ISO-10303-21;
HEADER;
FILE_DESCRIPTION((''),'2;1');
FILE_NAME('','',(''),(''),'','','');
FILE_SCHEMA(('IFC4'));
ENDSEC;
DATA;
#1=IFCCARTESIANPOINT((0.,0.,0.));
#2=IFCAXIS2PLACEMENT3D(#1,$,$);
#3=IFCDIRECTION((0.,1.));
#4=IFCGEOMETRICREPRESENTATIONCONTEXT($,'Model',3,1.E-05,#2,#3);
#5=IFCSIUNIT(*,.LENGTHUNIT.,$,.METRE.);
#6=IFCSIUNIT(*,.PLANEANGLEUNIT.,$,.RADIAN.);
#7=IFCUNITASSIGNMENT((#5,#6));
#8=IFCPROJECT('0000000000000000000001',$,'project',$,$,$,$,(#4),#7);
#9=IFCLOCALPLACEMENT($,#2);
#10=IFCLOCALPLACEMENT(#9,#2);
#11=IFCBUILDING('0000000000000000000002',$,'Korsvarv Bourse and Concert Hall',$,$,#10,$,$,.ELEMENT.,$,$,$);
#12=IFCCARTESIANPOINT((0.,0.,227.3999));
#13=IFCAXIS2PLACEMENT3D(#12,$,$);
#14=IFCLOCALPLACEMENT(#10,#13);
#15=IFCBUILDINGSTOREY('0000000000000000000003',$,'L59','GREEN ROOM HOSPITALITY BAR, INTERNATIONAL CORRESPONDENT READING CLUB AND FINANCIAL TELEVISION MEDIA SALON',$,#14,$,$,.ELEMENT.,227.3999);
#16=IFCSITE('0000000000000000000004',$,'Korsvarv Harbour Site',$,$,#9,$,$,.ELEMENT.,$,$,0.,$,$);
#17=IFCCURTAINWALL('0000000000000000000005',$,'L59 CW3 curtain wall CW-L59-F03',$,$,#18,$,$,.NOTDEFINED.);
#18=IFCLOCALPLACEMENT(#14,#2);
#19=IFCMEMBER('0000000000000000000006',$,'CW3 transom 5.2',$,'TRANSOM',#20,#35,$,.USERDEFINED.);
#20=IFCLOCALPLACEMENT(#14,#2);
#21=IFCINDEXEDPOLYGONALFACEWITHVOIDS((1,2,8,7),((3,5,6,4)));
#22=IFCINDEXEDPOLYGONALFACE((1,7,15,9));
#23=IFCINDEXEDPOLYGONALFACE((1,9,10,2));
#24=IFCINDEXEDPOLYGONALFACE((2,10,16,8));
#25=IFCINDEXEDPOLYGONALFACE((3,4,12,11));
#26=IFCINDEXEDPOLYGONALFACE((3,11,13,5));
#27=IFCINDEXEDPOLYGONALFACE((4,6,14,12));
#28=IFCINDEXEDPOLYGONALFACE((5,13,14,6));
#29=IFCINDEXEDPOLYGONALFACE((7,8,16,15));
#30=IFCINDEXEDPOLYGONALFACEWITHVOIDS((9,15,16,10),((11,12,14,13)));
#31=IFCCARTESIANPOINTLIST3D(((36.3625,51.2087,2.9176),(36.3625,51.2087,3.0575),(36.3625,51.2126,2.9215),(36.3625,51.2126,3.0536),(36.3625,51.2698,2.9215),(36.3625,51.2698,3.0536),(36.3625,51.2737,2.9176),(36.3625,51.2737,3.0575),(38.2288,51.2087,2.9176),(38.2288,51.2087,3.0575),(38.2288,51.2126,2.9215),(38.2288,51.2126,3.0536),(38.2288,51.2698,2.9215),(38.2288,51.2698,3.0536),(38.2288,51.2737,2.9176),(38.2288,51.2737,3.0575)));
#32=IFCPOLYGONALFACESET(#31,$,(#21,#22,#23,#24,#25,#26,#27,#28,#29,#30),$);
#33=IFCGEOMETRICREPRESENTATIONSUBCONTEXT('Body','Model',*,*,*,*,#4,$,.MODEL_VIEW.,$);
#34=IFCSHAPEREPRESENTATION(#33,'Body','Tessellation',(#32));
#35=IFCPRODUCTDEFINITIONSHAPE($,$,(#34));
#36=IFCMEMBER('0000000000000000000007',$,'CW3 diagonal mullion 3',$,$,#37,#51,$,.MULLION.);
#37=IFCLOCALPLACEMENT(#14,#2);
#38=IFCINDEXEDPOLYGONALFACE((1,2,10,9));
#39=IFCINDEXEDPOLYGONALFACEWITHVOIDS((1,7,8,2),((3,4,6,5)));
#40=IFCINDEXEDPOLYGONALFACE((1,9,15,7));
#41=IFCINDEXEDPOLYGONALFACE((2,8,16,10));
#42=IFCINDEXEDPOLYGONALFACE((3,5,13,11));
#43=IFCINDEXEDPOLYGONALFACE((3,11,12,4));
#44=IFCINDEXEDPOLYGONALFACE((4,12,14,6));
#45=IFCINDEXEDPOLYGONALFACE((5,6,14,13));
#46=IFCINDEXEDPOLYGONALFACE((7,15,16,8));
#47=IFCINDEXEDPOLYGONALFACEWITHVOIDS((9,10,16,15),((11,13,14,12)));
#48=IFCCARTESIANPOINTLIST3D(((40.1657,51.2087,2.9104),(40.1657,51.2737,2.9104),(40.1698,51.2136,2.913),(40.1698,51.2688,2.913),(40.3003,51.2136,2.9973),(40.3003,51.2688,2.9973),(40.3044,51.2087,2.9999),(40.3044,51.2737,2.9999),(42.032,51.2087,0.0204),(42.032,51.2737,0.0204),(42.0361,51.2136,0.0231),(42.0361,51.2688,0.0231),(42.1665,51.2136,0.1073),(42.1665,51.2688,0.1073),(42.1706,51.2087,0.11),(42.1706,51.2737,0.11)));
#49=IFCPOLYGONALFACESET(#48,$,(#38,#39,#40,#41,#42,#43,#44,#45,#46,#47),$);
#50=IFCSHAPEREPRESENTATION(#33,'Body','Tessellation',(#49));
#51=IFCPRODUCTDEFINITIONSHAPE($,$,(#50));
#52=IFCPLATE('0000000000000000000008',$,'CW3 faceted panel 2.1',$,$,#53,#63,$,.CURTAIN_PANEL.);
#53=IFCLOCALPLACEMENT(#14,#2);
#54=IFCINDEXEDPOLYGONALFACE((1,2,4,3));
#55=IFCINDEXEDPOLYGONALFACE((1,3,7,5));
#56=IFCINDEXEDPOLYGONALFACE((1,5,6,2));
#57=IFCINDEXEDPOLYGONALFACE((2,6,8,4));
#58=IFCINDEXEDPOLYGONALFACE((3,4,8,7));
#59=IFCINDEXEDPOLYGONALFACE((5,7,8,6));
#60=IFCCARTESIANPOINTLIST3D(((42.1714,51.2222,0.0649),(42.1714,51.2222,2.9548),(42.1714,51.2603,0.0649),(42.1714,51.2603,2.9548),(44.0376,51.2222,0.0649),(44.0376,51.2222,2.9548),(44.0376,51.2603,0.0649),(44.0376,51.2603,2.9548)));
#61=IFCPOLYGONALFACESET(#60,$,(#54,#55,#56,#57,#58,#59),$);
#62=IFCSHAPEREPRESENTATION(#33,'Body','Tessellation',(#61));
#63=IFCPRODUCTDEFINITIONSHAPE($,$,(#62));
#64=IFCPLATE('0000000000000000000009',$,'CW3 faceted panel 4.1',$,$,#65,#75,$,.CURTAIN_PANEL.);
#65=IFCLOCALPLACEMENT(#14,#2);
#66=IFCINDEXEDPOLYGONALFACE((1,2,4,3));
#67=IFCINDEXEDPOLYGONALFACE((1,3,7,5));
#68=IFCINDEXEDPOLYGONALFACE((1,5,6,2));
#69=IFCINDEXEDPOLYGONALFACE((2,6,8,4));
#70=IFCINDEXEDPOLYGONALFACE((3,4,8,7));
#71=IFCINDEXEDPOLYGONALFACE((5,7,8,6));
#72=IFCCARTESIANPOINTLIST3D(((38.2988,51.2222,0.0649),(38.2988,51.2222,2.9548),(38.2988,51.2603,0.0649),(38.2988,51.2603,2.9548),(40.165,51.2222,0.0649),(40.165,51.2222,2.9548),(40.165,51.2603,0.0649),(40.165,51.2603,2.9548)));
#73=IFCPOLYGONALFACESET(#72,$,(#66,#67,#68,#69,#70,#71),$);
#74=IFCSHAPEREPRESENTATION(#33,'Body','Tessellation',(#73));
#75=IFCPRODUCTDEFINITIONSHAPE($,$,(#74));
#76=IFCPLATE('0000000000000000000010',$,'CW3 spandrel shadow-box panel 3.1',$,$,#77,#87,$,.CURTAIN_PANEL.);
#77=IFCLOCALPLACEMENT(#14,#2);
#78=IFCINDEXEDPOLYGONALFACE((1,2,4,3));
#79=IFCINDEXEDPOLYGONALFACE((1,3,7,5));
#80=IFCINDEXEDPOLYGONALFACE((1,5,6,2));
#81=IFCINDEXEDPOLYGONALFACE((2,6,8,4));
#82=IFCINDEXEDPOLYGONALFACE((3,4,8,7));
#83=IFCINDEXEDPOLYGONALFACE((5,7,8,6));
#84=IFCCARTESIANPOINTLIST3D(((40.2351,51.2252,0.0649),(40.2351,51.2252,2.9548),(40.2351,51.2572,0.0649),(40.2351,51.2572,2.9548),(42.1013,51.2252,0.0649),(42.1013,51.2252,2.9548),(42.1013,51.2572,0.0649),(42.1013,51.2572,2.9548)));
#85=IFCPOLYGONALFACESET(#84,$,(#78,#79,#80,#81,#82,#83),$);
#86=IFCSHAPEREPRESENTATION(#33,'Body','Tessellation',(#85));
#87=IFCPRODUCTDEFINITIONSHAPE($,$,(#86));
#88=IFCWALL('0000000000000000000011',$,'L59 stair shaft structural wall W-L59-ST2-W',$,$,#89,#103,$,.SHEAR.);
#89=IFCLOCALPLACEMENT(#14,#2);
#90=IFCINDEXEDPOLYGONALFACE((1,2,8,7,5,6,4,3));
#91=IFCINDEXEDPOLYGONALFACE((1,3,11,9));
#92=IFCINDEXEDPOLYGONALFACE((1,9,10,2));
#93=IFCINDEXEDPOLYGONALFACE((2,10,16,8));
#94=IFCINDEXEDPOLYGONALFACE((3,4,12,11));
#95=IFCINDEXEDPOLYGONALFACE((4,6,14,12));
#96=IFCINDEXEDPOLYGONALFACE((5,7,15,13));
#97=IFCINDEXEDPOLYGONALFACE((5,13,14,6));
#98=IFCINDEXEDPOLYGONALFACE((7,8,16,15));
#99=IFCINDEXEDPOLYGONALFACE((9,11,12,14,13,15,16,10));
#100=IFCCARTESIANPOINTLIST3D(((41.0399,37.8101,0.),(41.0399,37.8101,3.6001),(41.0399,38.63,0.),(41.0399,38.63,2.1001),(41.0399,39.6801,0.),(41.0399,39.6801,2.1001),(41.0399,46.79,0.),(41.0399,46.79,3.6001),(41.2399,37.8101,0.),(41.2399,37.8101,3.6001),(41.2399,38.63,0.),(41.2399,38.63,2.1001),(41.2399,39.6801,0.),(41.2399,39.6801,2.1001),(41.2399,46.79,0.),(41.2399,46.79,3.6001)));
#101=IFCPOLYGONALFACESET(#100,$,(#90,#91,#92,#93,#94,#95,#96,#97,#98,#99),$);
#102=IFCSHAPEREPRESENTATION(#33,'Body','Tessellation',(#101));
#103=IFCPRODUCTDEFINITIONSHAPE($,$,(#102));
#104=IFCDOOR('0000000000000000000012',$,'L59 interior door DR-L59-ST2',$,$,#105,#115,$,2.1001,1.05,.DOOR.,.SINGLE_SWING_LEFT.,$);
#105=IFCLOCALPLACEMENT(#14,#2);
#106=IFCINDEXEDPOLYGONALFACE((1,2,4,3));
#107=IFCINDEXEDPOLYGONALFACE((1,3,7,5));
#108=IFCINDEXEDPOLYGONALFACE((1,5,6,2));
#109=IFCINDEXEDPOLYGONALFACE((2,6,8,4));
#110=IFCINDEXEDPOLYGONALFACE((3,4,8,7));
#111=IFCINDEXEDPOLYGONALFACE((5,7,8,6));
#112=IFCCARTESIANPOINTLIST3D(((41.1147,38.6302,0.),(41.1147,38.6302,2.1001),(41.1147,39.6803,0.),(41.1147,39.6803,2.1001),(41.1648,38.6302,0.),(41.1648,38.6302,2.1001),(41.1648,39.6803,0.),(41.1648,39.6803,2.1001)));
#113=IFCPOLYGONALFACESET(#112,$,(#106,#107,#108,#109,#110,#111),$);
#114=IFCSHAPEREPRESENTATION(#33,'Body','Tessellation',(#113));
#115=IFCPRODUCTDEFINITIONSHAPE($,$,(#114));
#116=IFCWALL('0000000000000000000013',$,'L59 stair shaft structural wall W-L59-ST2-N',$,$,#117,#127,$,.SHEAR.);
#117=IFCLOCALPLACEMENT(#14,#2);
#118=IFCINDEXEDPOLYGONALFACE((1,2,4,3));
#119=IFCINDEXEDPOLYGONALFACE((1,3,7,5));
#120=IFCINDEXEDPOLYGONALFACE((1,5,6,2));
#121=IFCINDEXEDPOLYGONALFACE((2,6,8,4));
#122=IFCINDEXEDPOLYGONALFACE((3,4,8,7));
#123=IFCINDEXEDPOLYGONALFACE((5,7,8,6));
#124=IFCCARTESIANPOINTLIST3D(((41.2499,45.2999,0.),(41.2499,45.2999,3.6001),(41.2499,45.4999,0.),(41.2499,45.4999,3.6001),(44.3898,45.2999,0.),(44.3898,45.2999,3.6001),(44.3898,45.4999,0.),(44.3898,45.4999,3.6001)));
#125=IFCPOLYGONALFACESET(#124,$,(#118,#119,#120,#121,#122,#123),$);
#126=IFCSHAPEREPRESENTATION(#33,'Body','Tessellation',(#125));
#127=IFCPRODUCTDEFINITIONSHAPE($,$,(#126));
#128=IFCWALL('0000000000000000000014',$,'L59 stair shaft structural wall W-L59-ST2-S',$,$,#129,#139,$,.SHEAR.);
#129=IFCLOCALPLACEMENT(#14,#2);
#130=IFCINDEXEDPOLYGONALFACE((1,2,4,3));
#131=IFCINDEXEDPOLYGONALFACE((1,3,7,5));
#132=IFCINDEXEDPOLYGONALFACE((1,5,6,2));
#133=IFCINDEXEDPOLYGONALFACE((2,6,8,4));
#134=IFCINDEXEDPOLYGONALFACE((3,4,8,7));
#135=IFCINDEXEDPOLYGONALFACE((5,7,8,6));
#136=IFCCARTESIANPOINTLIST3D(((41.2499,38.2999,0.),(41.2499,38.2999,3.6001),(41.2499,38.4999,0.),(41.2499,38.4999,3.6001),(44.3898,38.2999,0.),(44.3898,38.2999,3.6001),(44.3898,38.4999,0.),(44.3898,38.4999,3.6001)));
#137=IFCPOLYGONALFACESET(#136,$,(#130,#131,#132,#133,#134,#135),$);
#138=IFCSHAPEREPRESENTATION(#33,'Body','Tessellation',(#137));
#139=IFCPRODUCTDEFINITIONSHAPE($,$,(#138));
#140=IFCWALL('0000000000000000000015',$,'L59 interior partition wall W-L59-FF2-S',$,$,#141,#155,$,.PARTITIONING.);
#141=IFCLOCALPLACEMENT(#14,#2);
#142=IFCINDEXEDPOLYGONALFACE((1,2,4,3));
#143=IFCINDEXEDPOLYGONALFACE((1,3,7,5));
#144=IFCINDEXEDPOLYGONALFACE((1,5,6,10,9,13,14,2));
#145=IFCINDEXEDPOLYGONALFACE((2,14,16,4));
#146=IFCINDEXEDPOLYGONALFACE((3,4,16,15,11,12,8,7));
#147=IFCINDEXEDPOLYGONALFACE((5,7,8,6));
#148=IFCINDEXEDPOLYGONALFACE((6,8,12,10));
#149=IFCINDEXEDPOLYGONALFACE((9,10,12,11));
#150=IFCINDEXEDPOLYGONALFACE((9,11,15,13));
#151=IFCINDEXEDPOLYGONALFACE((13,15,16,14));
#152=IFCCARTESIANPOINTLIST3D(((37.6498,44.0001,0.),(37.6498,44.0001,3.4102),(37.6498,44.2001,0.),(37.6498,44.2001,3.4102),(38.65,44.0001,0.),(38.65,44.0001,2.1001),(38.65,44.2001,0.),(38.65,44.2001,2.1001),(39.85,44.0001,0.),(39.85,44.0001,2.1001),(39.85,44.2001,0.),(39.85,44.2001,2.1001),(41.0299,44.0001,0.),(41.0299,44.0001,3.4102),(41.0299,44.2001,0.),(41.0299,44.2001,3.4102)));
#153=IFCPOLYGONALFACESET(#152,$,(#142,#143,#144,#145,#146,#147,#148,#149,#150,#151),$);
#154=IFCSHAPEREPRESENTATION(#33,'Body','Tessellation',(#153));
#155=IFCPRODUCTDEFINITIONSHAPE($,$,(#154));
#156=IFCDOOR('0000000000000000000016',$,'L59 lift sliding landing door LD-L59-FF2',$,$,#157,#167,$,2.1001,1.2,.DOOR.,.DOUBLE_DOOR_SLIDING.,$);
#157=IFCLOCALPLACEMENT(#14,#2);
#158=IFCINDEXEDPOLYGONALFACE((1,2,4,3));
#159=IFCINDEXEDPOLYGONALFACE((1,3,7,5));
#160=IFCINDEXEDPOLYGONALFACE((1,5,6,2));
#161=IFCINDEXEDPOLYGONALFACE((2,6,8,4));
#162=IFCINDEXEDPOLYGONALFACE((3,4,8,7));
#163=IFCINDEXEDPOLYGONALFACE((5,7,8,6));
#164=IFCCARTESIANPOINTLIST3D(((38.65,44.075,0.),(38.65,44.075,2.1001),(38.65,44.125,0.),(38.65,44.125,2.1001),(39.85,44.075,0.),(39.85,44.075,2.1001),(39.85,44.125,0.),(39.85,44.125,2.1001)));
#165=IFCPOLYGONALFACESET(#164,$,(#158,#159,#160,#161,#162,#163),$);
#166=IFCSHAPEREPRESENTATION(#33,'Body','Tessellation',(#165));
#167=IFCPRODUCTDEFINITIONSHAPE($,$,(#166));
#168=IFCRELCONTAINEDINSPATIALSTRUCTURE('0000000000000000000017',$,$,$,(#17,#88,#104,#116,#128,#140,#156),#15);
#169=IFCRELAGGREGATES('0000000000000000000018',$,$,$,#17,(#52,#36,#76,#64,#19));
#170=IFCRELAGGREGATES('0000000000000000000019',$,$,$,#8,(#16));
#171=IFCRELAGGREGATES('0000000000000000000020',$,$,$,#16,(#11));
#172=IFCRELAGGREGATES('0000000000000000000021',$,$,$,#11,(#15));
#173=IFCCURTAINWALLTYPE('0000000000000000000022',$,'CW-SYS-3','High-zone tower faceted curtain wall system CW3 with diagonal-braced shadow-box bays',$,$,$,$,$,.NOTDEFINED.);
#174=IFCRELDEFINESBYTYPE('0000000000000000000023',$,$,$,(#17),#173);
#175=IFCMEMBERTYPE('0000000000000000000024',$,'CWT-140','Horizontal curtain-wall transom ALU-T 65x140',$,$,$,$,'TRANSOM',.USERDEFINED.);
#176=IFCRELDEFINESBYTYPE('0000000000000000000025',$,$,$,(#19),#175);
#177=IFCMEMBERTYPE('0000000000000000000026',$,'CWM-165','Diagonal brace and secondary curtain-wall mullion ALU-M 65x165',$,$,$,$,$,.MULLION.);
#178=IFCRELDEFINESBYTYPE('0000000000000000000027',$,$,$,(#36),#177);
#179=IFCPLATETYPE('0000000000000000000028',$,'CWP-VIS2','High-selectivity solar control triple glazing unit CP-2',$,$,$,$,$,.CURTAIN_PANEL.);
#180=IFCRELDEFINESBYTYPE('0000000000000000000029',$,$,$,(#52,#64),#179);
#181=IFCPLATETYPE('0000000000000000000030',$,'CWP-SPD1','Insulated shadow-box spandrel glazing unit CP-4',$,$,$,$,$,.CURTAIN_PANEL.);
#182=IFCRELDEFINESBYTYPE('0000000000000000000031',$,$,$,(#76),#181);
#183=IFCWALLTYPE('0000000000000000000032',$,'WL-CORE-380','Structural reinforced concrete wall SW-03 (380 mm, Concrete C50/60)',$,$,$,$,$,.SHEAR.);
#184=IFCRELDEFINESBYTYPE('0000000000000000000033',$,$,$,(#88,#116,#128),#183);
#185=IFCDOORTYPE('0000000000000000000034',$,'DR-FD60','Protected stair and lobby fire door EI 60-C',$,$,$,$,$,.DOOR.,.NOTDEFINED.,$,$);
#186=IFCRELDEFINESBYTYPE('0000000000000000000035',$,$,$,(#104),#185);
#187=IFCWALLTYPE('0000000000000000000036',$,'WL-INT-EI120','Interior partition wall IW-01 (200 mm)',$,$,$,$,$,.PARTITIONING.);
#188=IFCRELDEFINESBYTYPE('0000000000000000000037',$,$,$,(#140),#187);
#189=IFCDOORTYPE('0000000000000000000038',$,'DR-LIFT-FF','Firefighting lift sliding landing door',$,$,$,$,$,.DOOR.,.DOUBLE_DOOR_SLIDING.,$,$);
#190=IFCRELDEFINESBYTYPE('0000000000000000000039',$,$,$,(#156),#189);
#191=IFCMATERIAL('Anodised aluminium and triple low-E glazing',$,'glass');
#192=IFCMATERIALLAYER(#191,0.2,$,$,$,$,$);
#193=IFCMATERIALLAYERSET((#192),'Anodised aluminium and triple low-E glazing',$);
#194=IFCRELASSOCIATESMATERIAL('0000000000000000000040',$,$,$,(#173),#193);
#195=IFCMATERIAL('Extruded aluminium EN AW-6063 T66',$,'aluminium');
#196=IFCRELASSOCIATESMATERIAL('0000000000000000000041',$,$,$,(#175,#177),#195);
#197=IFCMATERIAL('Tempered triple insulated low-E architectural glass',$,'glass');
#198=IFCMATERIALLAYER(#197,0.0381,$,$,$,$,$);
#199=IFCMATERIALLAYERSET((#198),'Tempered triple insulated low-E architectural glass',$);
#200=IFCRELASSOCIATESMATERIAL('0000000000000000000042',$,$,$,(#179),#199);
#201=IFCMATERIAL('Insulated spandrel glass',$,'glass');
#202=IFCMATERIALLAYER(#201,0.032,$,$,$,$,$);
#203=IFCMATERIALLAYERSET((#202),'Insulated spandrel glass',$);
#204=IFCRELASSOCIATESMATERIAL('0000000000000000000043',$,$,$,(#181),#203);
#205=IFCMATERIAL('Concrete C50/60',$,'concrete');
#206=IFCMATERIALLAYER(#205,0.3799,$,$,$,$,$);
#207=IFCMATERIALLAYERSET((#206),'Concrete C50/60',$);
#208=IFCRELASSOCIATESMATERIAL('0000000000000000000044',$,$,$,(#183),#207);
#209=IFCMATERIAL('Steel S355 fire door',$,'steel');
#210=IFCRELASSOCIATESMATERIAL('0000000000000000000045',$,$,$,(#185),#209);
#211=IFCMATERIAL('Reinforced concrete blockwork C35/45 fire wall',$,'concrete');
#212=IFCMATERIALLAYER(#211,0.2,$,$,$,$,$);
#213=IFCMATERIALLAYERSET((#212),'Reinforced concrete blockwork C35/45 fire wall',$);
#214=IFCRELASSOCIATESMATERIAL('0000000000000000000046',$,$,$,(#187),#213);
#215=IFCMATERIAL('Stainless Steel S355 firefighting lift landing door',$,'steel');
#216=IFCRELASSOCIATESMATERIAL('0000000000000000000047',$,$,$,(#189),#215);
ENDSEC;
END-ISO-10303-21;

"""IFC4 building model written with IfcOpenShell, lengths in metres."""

from ifc_helpers import new_model, si_unit, direction, frame, frame_2d, origin, origin_2d, place, context, subcontext, project, spatial, rectangle, hollow_rectangle, extrude, source, transform, mapped, material, layer, layer_set, material_profile, profile_set, type_object, element, fill, aggregate, save


model = new_model("IFC4")

# Units and contexts
model_context = context("Model", 3, precision=1e-05, world=origin(), true_north=direction((0.0, 1.0)))
body_context = subcontext(model_context, "Body", "Model", "MODEL_VIEW")
ifc_project = project(units=[si_unit("LENGTHUNIT", "METRE"), si_unit("PLANEANGLEUNIT", "RADIAN")], contexts=[model_context])

# Site, building, storey
site_placement = place(None, origin())
site = spatial("IfcSite", under=ifc_project, at=site_placement, Name="Korsvarv Harbour Site", CompositionType="ELEMENT", RefElevation=0.0)
building_placement = place(site_placement, origin())
building = spatial("IfcBuilding", under=site, at=building_placement, Name="Korsvarv Bourse and Concert Hall", CompositionType="ELEMENT")
storey_placement = place(building_placement, frame((0.0, 0.0, 227.3999)))
storey = spatial("IfcBuildingStorey", under=building, at=storey_placement, Name="L59", Description="GREEN ROOM HOSPITALITY BAR, INTERNATIONAL CORRESPONDENT READING CLUB AND FINANCIAL TELEVISION MEDIA SALON", CompositionType="ELEMENT", Elevation=227.3999)

# Curtain wall, members, plates
ifc_material_1 = material(Name="Anodised aluminium and triple low-E glazing", Category="glass")
ifc_layer_1 = layer(ifc_material_1, 0.2)
ifc_layer_set_1 = layer_set([ifc_layer_1], Name="Anodised aluminium and triple low-E glazing")
curtain_wall_type = type_object("IfcCurtainWallType", Name="CW-SYS-3", Description="High-zone tower faceted curtain wall system CW3 with diagonal-braced shadow-box bays", PredefinedType="NOTDEFINED", material=ifc_layer_set_1)
curtain_wall_placement = place(storey_placement, origin())
curtain_wall = element("IfcCurtainWall", 1, at=curtain_wall_placement, inside=storey, type_object=curtain_wall_type, Name="L59 CW3 curtain wall CW-L59-F03", PredefinedType="NOTDEFINED")
ifc_material_2 = material(Name="Extruded aluminium EN AW-6063 T66", Category="aluminium")
ifc_material_profile_1 = material_profile(ifc_material_2, hollow_rectangle(XDim=0.0649, YDim=0.1399, WallThickness=0.0039, at=origin_2d()), Name="ALU-T 65x140")
ifc_profile_set_1 = profile_set([ifc_material_profile_1], Name="Extruded aluminium EN AW-6063 T66")
member_type_1 = type_object("IfcMemberType", Name="CWT-140", Description="Horizontal curtain-wall transom ALU-T 65x140", ElementType="TRANSOM", PredefinedType="USERDEFINED", material=ifc_profile_set_1)
shared_shape_1 = source(origin(), body_context, "Body", "SweptSolid", [
    extrude(hollow_rectangle(XDim=0.0649, YDim=0.1399, WallThickness=0.0039, at=origin_2d()), origin(), (0.0, 0.0, 1.0), 1.8662),
])
member_1_placement = place(storey_placement, frame((38.2288, 51.2412, 2.9875), z_axis=(-1.0, 0.0, 0.0), x_axis=(0.0, -1.0, 0.0)))
member_1 = element("IfcMember", 2, at=member_1_placement, type_object=member_type_1, Name="CW3 transom 5.2", ObjectType="TRANSOM", PredefinedType="USERDEFINED", context=body_context, shape_type="MappedRepresentation", body=[
    mapped(shared_shape_1, transform((0.0, 0.0, 0.0), scale=1.0)),
])
ifc_material_profile_2 = material_profile(ifc_material_2, hollow_rectangle(XDim=0.0649, YDim=0.165, WallThickness=0.0049, at=origin_2d()), Name="ALU-M 65x165")
ifc_profile_set_2 = profile_set([ifc_material_profile_2], Name="Extruded aluminium EN AW-6063 T66")
member_type_2 = type_object("IfcMemberType", Name="CWM-165", Description="Diagonal brace and secondary curtain-wall mullion ALU-M 65x165", PredefinedType="MULLION", material=ifc_profile_set_2)
shared_shape_2 = source(origin(), body_context, "Body", "SweptSolid", [
    extrude(hollow_rectangle(XDim=0.0649, YDim=0.165, WallThickness=0.0049, at=origin_2d()), origin(), (0.0, 0.0, 1.0), 3.4402),
])
member_2_placement = place(storey_placement, frame((42.1013, 51.2412, 0.0652), z_axis=(-0.542489, 0.0, 0.840063), x_axis=(0.0, -1.0, 0.0)))
member_2 = element("IfcMember", 3, at=member_2_placement, type_object=member_type_2, Name="CW3 diagonal mullion 3", PredefinedType="MULLION", context=body_context, shape_type="MappedRepresentation", body=[
    mapped(shared_shape_2, transform((0.0, 0.0, 0.0), scale=1.0)),
])
ifc_material_3 = material(Name="Tempered triple insulated low-E architectural glass", Category="glass")
ifc_layer_2 = layer(ifc_material_3, 0.0381)
ifc_layer_set_2 = layer_set([ifc_layer_2], Name="Tempered triple insulated low-E architectural glass")
plate_type_1 = type_object("IfcPlateType", Name="CWP-VIS2", Description="High-selectivity solar control triple glazing unit CP-2", PredefinedType="CURTAIN_PANEL", material=ifc_layer_set_2)
shared_shape_3 = source(origin(), body_context, "Body", "SweptSolid", [
    extrude(rectangle(XDim=1.8662, YDim=0.0381, at=origin_2d()), origin(), (0.0, 0.0, 1.0), 2.8899),
])
plate_1_placement = place(storey_placement, frame((43.1045, 51.2412, 0.0649), z_axis=(0.0, 0.0, 1.0), x_axis=(-1.0, 0.0, 0.0)))
plate_1 = element("IfcPlate", 4, at=plate_1_placement, type_object=plate_type_1, Name="CW3 faceted panel 2.1", PredefinedType="CURTAIN_PANEL", context=body_context, shape_type="MappedRepresentation", body=[
    mapped(shared_shape_3, transform((0.0, 0.0, 0.0), scale=1.0)),
])
plate_2_placement = place(storey_placement, frame((39.2319, 51.2412, 0.0649), z_axis=(0.0, 0.0, 1.0), x_axis=(-1.0, 0.0, 0.0)))
plate_2 = element("IfcPlate", 5, at=plate_2_placement, type_object=plate_type_1, Name="CW3 faceted panel 4.1", PredefinedType="CURTAIN_PANEL", context=body_context, shape_type="MappedRepresentation", body=[
    mapped(shared_shape_3, transform((0.0, 0.0, 0.0), scale=1.0)),
])
ifc_material_4 = material(Name="Insulated spandrel glass", Category="glass")
ifc_layer_3 = layer(ifc_material_4, 0.032)
ifc_layer_set_3 = layer_set([ifc_layer_3], Name="Insulated spandrel glass")
plate_type_2 = type_object("IfcPlateType", Name="CWP-SPD1", Description="Insulated shadow-box spandrel glazing unit CP-4", PredefinedType="CURTAIN_PANEL", material=ifc_layer_set_3)
shared_shape_4 = source(origin(), body_context, "Body", "SweptSolid", [
    extrude(rectangle(XDim=1.8662, YDim=0.032, at=origin_2d()), origin(), (0.0, 0.0, 1.0), 2.8899),
])
plate_3_placement = place(storey_placement, frame((41.1682, 51.2412, 0.0649), z_axis=(0.0, 0.0, 1.0), x_axis=(-1.0, 0.0, 0.0)))
plate_3 = element("IfcPlate", 6, at=plate_3_placement, type_object=plate_type_2, Name="CW3 spandrel shadow-box panel 3.1", PredefinedType="CURTAIN_PANEL", context=body_context, shape_type="MappedRepresentation", body=[
    mapped(shared_shape_4, transform((0.0, 0.0, 0.0), scale=1.0)),
])
aggregate(curtain_wall, [plate_1, member_2, plate_3, plate_2, member_1])

# Wall, opening, door
ifc_material_5 = material(Name="Concrete C50/60", Category="concrete")
ifc_layer_4 = layer(ifc_material_5, 0.3799)
ifc_layer_set_4 = layer_set([ifc_layer_4], Name="Concrete C50/60")
wall_type_1 = type_object("IfcWallType", Name="WL-CORE-380", Description="Structural reinforced concrete wall SW-03 (380 mm, Concrete C50/60)", PredefinedType="SHEAR", material=ifc_layer_set_4)
wall_1_placement = place(storey_placement, frame((41.1399, 37.8101, 0.0), z_axis=(0.0, 0.0, 1.0), x_axis=(0.0, 1.0, 0.0)))
wall_1 = element("IfcWall", 7, at=wall_1_placement, inside=storey, type_object=wall_type_1, Name="L59 stair shaft structural wall W-L59-ST2-W", PredefinedType="SHEAR", context=body_context, shape_type="SweptSolid", body=[
    extrude(rectangle(XDim=8.98, YDim=0.2, at=frame_2d((4.49, 0.0))), origin(), (0.0, 0.0, 1.0), 3.6001),
])
opening_1_placement = place(wall_1_placement, frame((0.8201, 0.0, 0.0)))
opening_1 = element("IfcOpeningElement", 8, at=opening_1_placement, cuts=wall_1, PredefinedType="OPENING", context=body_context, shape_type="SweptSolid", body=[
    extrude(rectangle(XDim=1.05, YDim=2.1001, at=frame_2d((0.5249, 1.05))), frame((0.0, 0.1099, 0.0), z_axis=(0.0, -1.0, 0.0), x_axis=(1.0, 0.0, 0.0)), (0.0, 0.0, 1.0), 0.22),
])
ifc_material_6 = material(Name="Steel S355 fire door", Category="steel")
door_type_1 = type_object("IfcDoorType", Name="DR-FD60", Description="Protected stair and lobby fire door EI 60-C", OperationType="NOTDEFINED", PredefinedType="DOOR", material=ifc_material_6)
door_1_placement = place(opening_1_placement, frame((1.05, 0.0, 0.0), z_axis=(0.0, 0.0, 1.0), x_axis=(-1.0, 0.0, 0.0)))
door_1 = element("IfcDoor", 9, at=door_1_placement, inside=storey, type_object=door_type_1, Name="L59 interior door DR-L59-ST2", OperationType="SINGLE_SWING_LEFT", OverallHeight=2.1001, OverallWidth=1.05, PredefinedType="DOOR", context=body_context, shape_type="SweptSolid", body=[
    extrude(rectangle(XDim=1.05, YDim=2.1001, at=frame_2d((0.5249, 1.05))), frame((0.0, 0.0249, 0.0), z_axis=(0.0, -1.0, 0.0), x_axis=(1.0, 0.0, 0.0)), (0.0, 0.0, 1.0), 0.05),
])
fill(opening_1, door_1)

# Walls
for number, where, z_axis, x_axis, name in (
    (10, (41.25, 45.3999, 0.0), (0.0, 0.0, 1.0), (1.0, 0.0, 0.0), "L59 stair shaft structural wall W-L59-ST2-N"),
    (11, (41.25, 38.3999, 0.0), (0.0, 0.0, 1.0), (1.0, 0.0, 0.0), "L59 stair shaft structural wall W-L59-ST2-S"),
):
    element("IfcWall", number, at=place(storey_placement, frame(where, z_axis=z_axis, x_axis=x_axis)), inside=storey, type_object=wall_type_1, Name=name, PredefinedType="SHEAR", context=body_context, shape_type="SweptSolid", body=[
        extrude(rectangle(XDim=3.1399, YDim=0.2, at=frame_2d((1.5698, 0.0))), origin(), (0.0, 0.0, 1.0), 3.6001),
    ])

# Wall, opening, door
ifc_material_7 = material(Name="Reinforced concrete blockwork C35/45 fire wall", Category="concrete")
ifc_layer_5 = layer(ifc_material_7, 0.2)
ifc_layer_set_5 = layer_set([ifc_layer_5], Name="Reinforced concrete blockwork C35/45 fire wall")
wall_type_2 = type_object("IfcWallType", Name="WL-INT-EI120", Description="Interior partition wall IW-01 (200 mm)", PredefinedType="PARTITIONING", material=ifc_layer_set_5)
wall_2_placement = place(storey_placement, frame((37.6499, 44.1001, 0.0), z_axis=(0.0, 0.0, 1.0), x_axis=(1.0, 0.0, 0.0)))
wall_2 = element("IfcWall", 12, at=wall_2_placement, inside=storey, type_object=wall_type_2, Name="L59 interior partition wall W-L59-FF2-S", PredefinedType="PARTITIONING", context=body_context, shape_type="SweptSolid", body=[
    extrude(rectangle(XDim=3.3801, YDim=0.2, at=frame_2d((1.6899, 0.0))), origin(), (0.0, 0.0, 1.0), 3.4102),
])
opening_2_placement = place(wall_2_placement, frame((1.0, 0.0, 0.0)))
opening_2 = element("IfcOpeningElement", 13, at=opening_2_placement, cuts=wall_2, PredefinedType="OPENING", context=body_context, shape_type="SweptSolid", body=[
    extrude(rectangle(XDim=1.2, YDim=2.1001, at=frame_2d((0.6001, 1.05))), frame((0.0, 0.1099, 0.0), z_axis=(0.0, -1.0, 0.0), x_axis=(1.0, 0.0, 0.0)), (0.0, 0.0, 1.0), 0.22),
])
ifc_material_8 = material(Name="Stainless Steel S355 firefighting lift landing door", Category="steel")
door_type_2 = type_object("IfcDoorType", Name="DR-LIFT-FF", Description="Firefighting lift sliding landing door", OperationType="DOUBLE_DOOR_SLIDING", PredefinedType="DOOR", material=ifc_material_8)
door_2_placement = place(opening_2_placement, origin())
door_2 = element("IfcDoor", 14, at=door_2_placement, inside=storey, type_object=door_type_2, Name="L59 lift sliding landing door LD-L59-FF2", OperationType="DOUBLE_DOOR_SLIDING", OverallHeight=2.1001, OverallWidth=1.2, PredefinedType="DOOR", context=body_context, shape_type="SweptSolid", body=[
    extrude(rectangle(XDim=1.2, YDim=2.1001, at=frame_2d((0.6001, 1.05))), frame((0.0, 0.0249, 0.0), z_axis=(0.0, -1.0, 0.0), x_axis=(1.0, 0.0, 0.0)), (0.0, 0.0, 1.0), 0.05),
])
fill(opening_2, door_2)

save(model, "model.ifc")
